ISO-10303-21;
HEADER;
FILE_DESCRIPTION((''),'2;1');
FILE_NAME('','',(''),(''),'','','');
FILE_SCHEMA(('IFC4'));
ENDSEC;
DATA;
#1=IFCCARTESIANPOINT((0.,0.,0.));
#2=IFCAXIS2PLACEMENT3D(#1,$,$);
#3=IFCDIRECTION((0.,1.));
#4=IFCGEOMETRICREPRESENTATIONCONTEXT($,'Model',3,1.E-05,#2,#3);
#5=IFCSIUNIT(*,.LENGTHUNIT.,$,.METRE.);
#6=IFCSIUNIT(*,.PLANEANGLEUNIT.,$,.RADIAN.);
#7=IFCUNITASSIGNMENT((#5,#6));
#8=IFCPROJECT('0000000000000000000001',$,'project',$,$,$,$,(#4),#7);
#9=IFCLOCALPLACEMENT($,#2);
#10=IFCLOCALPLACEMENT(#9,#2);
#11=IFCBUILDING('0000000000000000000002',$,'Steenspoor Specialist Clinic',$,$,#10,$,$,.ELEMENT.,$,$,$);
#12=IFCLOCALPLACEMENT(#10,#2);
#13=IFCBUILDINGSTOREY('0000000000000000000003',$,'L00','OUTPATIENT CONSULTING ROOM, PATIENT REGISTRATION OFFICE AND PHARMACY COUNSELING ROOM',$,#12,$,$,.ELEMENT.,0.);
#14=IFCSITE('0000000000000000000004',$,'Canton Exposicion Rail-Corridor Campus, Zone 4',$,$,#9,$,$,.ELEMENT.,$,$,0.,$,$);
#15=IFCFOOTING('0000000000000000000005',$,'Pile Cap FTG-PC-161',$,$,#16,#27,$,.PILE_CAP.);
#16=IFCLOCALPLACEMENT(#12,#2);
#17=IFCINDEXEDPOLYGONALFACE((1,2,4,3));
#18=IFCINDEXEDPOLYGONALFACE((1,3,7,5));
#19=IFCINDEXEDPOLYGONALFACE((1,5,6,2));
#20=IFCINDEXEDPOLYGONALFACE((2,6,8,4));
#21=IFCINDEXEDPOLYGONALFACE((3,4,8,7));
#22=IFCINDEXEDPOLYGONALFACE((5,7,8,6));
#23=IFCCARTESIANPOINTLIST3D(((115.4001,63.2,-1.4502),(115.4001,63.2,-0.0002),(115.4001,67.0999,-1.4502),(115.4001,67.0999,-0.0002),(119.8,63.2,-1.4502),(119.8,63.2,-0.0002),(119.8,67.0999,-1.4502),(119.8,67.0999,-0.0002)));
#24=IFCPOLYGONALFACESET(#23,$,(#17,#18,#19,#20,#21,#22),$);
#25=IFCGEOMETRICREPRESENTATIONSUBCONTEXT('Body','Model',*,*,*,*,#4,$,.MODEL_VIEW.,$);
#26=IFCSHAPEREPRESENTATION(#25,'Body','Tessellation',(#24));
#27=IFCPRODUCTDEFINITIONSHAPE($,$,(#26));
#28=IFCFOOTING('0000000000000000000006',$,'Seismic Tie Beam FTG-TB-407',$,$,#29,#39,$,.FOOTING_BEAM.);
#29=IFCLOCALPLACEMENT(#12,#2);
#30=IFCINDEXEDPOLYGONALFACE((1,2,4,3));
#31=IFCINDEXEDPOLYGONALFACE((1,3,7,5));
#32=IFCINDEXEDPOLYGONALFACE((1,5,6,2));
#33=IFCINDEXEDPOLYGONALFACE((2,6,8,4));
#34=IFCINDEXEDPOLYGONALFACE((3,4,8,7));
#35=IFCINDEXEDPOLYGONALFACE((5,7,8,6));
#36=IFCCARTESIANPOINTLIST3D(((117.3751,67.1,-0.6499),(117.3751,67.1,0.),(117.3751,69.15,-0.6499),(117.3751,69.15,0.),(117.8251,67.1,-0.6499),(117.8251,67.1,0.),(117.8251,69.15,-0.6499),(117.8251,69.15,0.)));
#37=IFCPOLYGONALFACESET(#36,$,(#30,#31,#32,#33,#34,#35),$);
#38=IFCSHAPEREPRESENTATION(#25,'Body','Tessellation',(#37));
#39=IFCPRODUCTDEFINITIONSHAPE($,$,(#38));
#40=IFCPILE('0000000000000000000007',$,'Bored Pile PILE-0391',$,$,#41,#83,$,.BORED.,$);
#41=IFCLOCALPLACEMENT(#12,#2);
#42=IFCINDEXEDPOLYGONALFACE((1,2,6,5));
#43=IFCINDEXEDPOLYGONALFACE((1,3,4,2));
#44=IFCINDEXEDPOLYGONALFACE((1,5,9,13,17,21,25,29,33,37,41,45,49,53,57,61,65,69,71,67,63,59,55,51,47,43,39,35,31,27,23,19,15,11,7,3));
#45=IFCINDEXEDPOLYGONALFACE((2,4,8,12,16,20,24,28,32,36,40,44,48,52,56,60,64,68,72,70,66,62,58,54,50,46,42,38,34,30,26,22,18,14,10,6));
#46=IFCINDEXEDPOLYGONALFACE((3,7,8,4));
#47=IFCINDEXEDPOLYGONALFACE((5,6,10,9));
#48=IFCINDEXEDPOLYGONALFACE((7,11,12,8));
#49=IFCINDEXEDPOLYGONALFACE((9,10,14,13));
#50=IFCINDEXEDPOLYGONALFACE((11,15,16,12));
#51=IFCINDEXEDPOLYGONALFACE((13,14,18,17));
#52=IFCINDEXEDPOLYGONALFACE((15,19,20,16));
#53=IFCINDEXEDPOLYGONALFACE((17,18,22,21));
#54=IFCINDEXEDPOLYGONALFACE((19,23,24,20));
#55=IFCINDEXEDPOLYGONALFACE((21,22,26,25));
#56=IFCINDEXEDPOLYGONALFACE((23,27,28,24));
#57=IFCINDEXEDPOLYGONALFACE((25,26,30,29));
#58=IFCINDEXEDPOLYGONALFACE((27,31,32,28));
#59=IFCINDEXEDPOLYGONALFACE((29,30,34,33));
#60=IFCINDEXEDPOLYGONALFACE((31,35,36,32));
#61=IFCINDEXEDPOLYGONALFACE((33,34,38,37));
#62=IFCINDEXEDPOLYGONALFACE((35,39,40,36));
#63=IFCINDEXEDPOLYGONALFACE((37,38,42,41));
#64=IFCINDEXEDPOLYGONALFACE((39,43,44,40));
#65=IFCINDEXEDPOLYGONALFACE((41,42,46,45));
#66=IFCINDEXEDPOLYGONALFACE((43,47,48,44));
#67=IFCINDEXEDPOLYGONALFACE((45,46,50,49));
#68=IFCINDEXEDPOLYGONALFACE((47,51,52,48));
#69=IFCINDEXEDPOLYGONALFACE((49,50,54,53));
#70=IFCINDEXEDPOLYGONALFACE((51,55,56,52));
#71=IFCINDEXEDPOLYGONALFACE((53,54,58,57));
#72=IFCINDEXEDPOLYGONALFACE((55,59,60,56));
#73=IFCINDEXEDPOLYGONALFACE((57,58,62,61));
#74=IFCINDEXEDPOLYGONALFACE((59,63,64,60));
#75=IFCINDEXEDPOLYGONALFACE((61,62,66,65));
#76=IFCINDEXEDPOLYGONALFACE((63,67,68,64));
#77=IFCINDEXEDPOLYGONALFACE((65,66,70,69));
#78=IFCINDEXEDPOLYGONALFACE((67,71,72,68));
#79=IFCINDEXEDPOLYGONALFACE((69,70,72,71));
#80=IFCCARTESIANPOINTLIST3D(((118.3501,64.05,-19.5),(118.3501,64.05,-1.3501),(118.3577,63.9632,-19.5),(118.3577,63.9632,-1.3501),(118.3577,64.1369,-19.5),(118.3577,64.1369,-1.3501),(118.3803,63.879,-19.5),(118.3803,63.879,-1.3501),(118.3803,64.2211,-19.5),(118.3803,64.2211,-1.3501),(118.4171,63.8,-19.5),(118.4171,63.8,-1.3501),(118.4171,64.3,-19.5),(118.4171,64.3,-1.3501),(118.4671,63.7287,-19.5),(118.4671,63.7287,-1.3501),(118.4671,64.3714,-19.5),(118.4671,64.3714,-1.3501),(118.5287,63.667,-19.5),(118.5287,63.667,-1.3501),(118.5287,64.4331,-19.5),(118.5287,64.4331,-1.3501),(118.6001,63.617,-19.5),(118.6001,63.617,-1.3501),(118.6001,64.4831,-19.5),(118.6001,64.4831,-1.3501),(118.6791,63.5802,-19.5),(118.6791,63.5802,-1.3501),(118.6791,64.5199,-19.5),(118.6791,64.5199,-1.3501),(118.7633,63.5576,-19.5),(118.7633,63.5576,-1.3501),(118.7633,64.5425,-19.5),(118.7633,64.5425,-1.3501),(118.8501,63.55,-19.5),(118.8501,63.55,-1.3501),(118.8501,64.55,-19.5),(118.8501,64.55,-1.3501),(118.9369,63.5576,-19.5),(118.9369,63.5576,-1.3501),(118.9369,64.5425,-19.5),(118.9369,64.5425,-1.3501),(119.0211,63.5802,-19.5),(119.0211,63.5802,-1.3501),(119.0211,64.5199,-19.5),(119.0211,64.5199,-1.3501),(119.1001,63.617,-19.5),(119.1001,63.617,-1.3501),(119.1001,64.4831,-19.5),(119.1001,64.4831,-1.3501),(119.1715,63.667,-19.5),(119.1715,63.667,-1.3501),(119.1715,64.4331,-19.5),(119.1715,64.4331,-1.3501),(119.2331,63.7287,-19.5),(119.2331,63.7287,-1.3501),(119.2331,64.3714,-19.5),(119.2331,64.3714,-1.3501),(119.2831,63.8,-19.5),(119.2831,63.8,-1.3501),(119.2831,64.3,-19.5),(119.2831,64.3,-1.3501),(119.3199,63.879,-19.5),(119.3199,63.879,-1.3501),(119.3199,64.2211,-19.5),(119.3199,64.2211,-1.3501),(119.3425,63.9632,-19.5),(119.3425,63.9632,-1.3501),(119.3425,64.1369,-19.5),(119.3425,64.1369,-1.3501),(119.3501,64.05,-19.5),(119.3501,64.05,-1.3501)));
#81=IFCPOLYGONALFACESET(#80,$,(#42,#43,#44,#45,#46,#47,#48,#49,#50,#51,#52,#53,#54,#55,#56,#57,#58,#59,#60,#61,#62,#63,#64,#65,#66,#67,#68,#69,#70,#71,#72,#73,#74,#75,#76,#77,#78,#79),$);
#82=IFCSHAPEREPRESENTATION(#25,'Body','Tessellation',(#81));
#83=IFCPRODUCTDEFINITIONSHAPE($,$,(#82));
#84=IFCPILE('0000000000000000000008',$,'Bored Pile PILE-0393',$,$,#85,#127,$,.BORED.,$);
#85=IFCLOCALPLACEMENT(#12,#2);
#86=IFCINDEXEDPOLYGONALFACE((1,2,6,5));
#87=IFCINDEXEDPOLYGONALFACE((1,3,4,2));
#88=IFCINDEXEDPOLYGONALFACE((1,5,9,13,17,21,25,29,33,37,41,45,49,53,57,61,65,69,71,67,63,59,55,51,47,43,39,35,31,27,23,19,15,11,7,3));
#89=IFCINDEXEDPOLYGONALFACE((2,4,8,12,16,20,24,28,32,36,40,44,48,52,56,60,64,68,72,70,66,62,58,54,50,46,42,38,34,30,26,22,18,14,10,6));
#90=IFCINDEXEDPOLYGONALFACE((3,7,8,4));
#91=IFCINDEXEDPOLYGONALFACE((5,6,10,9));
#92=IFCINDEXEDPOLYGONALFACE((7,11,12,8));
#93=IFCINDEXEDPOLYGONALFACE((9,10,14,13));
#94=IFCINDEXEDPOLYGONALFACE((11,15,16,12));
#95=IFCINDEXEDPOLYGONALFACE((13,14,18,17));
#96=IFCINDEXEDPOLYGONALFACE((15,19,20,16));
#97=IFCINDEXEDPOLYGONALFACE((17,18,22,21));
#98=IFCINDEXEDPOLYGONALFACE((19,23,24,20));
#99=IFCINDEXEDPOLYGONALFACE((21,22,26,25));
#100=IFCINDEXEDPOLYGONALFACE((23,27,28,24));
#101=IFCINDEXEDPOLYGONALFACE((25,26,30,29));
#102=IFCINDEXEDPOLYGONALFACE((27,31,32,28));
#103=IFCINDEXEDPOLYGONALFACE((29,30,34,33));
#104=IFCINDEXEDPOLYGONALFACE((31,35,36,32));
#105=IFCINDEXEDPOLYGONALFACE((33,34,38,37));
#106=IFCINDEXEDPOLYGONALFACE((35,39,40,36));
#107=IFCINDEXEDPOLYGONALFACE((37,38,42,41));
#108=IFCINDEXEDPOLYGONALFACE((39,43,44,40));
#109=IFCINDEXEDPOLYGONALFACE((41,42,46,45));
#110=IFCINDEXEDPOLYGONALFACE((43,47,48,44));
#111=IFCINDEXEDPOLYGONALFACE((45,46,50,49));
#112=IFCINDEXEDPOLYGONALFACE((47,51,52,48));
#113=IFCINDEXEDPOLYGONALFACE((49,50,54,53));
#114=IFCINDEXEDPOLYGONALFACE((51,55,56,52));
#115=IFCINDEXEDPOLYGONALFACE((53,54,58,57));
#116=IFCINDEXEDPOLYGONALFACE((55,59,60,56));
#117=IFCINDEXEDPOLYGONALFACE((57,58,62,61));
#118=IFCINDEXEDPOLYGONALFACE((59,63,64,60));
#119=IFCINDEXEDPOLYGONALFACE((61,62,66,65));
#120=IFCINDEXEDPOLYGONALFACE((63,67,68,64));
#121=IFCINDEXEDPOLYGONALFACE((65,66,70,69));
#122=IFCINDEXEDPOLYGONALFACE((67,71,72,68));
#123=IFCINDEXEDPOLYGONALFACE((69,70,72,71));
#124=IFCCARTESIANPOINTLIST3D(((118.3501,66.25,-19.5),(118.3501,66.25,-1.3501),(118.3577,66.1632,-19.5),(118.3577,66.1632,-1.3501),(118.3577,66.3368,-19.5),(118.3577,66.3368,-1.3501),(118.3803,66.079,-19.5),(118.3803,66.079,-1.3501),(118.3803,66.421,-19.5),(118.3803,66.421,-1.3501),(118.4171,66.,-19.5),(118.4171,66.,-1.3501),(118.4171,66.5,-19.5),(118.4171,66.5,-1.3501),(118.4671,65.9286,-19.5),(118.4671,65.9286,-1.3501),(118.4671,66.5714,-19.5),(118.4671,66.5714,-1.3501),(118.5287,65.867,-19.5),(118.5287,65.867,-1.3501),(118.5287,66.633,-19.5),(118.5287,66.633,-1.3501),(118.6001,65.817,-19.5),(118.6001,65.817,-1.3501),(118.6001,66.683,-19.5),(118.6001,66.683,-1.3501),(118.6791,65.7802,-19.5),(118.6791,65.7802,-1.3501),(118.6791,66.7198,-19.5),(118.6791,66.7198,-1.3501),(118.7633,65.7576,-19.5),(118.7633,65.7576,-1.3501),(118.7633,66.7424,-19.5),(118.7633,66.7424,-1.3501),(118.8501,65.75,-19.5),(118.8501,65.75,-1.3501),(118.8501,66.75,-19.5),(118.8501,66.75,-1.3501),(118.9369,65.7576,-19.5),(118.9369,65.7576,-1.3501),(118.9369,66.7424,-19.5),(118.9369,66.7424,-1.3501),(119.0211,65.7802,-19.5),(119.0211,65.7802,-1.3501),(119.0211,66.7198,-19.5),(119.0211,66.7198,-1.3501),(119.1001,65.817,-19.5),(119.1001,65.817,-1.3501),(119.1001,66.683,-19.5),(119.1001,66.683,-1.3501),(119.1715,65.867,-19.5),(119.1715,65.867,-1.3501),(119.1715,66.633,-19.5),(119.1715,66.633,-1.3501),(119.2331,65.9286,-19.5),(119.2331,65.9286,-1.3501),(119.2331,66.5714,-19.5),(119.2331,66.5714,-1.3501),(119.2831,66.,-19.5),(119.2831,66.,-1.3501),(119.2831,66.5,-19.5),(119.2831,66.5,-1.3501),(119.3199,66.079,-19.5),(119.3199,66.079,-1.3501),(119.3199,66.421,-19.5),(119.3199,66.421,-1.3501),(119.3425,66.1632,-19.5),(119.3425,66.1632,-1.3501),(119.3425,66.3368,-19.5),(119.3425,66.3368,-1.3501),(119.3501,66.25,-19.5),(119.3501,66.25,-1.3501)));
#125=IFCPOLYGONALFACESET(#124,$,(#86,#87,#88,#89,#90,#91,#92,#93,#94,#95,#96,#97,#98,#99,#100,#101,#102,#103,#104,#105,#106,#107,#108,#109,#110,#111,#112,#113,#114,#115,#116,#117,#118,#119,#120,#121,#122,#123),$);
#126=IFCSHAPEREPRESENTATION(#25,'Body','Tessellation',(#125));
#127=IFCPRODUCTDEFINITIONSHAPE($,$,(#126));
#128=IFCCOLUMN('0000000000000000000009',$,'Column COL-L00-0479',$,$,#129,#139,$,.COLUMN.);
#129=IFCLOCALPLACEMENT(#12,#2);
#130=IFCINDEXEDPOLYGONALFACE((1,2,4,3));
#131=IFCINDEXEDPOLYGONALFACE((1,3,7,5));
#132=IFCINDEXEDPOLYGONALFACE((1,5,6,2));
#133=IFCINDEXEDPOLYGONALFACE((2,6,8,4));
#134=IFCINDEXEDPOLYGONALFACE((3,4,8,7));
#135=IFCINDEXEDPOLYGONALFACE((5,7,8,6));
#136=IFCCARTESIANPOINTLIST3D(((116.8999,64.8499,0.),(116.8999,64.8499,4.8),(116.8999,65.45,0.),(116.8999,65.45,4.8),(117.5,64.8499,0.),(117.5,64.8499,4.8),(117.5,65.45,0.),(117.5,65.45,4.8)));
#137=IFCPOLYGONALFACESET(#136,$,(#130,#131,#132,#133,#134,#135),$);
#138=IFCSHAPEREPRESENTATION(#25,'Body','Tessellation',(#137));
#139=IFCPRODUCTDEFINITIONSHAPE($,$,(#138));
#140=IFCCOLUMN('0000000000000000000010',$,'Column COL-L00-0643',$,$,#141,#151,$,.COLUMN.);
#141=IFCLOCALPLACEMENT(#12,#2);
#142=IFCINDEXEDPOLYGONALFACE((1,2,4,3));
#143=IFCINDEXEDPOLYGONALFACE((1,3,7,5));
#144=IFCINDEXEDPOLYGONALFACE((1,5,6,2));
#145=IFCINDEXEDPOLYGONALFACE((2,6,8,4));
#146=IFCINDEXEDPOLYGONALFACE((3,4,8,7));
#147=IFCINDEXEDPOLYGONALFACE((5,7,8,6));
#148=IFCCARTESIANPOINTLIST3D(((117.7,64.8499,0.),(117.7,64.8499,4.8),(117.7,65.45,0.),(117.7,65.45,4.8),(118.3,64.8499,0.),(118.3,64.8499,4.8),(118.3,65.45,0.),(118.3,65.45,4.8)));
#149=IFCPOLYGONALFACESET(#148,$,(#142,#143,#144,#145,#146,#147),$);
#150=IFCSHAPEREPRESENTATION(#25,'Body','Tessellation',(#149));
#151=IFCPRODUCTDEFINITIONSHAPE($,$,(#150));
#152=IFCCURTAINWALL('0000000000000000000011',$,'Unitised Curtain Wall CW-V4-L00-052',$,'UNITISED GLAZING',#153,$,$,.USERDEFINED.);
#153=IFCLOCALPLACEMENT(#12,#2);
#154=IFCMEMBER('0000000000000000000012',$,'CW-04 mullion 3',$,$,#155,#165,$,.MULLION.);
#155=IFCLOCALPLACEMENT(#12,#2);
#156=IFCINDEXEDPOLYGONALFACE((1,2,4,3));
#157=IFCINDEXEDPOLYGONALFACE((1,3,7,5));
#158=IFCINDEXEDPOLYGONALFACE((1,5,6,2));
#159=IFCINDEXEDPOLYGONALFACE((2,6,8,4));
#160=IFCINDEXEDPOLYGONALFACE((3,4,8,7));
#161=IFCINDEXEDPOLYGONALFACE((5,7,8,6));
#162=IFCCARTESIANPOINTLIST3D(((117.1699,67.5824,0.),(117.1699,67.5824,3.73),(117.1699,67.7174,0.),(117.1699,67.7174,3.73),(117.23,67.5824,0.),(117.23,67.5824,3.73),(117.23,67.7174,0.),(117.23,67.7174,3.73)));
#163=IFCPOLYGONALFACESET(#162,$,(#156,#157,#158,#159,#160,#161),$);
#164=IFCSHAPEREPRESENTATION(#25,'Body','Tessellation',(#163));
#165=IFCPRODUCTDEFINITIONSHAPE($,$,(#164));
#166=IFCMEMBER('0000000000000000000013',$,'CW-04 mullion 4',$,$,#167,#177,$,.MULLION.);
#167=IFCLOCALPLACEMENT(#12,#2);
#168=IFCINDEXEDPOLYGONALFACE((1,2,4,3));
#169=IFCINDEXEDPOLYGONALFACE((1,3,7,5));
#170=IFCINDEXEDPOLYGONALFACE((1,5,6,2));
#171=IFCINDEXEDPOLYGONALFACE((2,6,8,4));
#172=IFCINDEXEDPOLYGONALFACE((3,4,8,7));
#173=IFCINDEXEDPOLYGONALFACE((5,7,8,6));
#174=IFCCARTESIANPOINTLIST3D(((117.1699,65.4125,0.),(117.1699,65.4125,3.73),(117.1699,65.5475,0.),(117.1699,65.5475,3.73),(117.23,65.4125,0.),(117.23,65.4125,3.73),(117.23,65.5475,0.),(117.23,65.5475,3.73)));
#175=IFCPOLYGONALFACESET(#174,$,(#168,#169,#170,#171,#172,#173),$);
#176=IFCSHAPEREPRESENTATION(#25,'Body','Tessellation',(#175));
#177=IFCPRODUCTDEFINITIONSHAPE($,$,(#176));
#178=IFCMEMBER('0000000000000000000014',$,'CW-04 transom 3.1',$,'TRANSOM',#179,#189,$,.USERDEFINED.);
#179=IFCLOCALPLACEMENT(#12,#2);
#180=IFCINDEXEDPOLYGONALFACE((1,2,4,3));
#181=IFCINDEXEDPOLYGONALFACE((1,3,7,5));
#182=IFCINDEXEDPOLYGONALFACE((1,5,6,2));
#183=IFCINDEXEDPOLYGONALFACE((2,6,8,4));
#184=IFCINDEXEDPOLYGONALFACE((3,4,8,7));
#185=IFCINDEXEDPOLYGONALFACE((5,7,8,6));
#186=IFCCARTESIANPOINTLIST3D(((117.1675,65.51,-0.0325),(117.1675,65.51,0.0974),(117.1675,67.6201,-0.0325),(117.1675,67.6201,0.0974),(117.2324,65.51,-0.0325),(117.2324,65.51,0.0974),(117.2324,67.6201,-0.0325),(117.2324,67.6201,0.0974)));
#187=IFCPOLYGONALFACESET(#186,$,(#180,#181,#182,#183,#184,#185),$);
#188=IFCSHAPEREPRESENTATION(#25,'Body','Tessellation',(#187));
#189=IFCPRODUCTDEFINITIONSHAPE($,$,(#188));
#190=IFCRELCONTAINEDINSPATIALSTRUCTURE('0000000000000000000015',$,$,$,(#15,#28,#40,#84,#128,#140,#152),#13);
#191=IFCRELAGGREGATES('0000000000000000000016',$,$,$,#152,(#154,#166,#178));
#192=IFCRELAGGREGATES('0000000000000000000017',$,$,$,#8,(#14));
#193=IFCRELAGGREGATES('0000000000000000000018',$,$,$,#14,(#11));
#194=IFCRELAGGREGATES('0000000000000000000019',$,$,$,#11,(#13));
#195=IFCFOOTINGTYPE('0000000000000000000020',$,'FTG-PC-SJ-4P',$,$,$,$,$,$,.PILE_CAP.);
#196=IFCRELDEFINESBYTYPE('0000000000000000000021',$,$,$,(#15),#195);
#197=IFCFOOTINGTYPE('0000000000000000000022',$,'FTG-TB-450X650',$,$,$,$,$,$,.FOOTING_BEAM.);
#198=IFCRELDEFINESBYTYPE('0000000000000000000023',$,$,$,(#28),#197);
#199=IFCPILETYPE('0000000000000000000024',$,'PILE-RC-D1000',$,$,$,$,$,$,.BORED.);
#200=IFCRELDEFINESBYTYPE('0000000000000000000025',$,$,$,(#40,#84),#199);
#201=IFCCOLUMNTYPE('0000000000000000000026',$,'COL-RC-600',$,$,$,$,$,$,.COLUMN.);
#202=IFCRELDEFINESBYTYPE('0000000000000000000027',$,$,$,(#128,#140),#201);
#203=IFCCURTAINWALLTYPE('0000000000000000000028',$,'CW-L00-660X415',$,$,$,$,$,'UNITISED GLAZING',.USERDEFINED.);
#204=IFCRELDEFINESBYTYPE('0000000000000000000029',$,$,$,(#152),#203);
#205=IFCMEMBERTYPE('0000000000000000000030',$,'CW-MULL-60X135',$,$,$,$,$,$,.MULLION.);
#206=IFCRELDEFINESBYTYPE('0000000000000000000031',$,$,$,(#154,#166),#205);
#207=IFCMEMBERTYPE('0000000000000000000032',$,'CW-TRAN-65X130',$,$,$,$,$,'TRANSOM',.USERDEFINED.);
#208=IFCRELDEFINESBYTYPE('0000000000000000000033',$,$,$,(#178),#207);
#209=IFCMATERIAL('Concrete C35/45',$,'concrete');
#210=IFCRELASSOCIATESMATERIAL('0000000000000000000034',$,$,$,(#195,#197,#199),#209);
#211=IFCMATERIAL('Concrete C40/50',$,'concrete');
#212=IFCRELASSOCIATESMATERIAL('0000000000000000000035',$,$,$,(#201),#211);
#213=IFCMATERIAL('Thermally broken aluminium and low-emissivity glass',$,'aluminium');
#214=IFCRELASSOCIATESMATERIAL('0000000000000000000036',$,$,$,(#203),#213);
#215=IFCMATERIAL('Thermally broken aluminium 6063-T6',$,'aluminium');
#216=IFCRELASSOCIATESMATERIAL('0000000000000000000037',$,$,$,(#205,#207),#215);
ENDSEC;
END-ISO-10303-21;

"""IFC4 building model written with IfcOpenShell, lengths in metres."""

from ifc_helpers import new_model, si_unit, direction, frame, origin, origin_2d, place, context, subcontext, project, spatial, rectangle, circle, extrude, material, material_profile, profile_set, type_object, element, aggregate, save


model = new_model("IFC4")

# Units and contexts
model_context = context("Model", 3, precision=1e-05, world=origin(), true_north=direction((0.0, 1.0)))
body_context = subcontext(model_context, "Body", "Model", "MODEL_VIEW")
ifc_project = project(units=[si_unit("LENGTHUNIT", "METRE"), si_unit("PLANEANGLEUNIT", "RADIAN")], contexts=[model_context])

# Site, building, storey
site_placement = place(None, origin())
site = spatial("IfcSite", under=ifc_project, at=site_placement, Name="Canton Exposicion Rail-Corridor Campus, Zone 4", CompositionType="ELEMENT", RefElevation=0.0)
building_placement = place(site_placement, origin())
building = spatial("IfcBuilding", under=site, at=building_placement, Name="Steenspoor Specialist Clinic", CompositionType="ELEMENT")
storey_placement = place(building_placement, origin())
storey = spatial("IfcBuildingStorey", under=building, at=storey_placement, Name="L00", Description="OUTPATIENT CONSULTING ROOM, PATIENT REGISTRATION OFFICE AND PHARMACY COUNSELING ROOM", CompositionType="ELEMENT", Elevation=0.0)

# Footings
ifc_material_1 = material(Name="Concrete C35/45", Category="concrete")
footing_type_1 = type_object("IfcFootingType", Name="FTG-PC-SJ-4P", PredefinedType="PILE_CAP", material=ifc_material_1)
footing_1_placement = place(storey_placement, frame((117.6001, 65.1499, -1.4502), z_axis=(0.0, 0.0, 1.0), x_axis=(1.0, 0.0, 0.0)))
element("IfcFooting", 1, at=footing_1_placement, inside=storey, type_object=footing_type_1, Name="Pile Cap FTG-PC-161", PredefinedType="PILE_CAP", context=body_context, shape_type="SweptSolid", body=[
    extrude(rectangle(XDim=4.3999, YDim=3.8999, at=origin_2d()), origin(), (0.0, 0.0, 1.0), 1.45),
])
footing_type_2 = type_object("IfcFootingType", Name="FTG-TB-450X650", PredefinedType="FOOTING_BEAM", material=ifc_material_1)
footing_2_placement = place(storey_placement, frame((117.6001, 68.125, -0.6499), z_axis=(0.0, 0.0, 1.0), x_axis=(1.0, 0.0, 0.0)))
element("IfcFooting", 2, at=footing_2_placement, inside=storey, type_object=footing_type_2, Name="Seismic Tie Beam FTG-TB-407", PredefinedType="FOOTING_BEAM", context=body_context, shape_type="SweptSolid", body=[
    extrude(rectangle(XDim=0.45, YDim=2.05, at=origin_2d()), origin(), (0.0, 0.0, 1.0), 0.6499),
])

# Piles
ifc_material_profile_1 = material_profile(ifc_material_1, circle(Radius=0.5, at=origin_2d()), Name="PILE-D1000")
ifc_profile_set_1 = profile_set([ifc_material_profile_1], Name="Concrete C35/45")
pile_type = type_object("IfcPileType", Name="PILE-RC-D1000", PredefinedType="BORED", material=ifc_profile_set_1)
for number, where, z_axis, x_axis, name in (
    (3, (118.8501, 64.05, -1.3501), (0.0, 0.0, -1.0), (1.0, 0.0, 0.0), "Bored Pile PILE-0391"),
    (4, (118.8501, 66.25, -1.3501), (0.0, 0.0, -1.0), (1.0, 0.0, 0.0), "Bored Pile PILE-0393"),
):
    element("IfcPile", number, at=place(storey_placement, frame(where, z_axis=z_axis, x_axis=x_axis)), inside=storey, type_object=pile_type, Name=name, PredefinedType="BORED", context=body_context, shape_type="SweptSolid", body=[
        extrude(circle(Radius=0.5, at=origin_2d()), origin(), (0.0, 0.0, 1.0), 18.1499),
    ])

# Columns
ifc_material_2 = material(Name="Concrete C40/50", Category="concrete")
ifc_material_profile_2 = material_profile(ifc_material_2, rectangle(XDim=0.6001, YDim=0.6001, at=origin_2d()), Name="RC-COL-600X600")
ifc_profile_set_2 = profile_set([ifc_material_profile_2], Name="Concrete C40/50")
column_type = type_object("IfcColumnType", Name="COL-RC-600", PredefinedType="COLUMN", material=ifc_profile_set_2)
for number, where, z_axis, x_axis, name in (
    (5, (117.2, 65.1499, 0.0), (0.0, 0.0, 1.0), (1.0, 0.0, 0.0), "Column COL-L00-0479"),
    (6, (118.0, 65.1499, 0.0), (0.0, 0.0, 1.0), (1.0, 0.0, 0.0), "Column COL-L00-0643"),
):
    element("IfcColumn", number, at=place(storey_placement, frame(where, z_axis=z_axis, x_axis=x_axis)), inside=storey, type_object=column_type, Name=name, PredefinedType="COLUMN", context=body_context, shape_type="SweptSolid", body=[
        extrude(rectangle(XDim=0.6001, YDim=0.6001, at=origin_2d()), origin(), (0.0, 0.0, 1.0), 4.8),
    ])

# Curtain wall, members
ifc_material_3 = material(Name="Thermally broken aluminium and low-emissivity glass", Category="aluminium")
curtain_wall_type = type_object("IfcCurtainWallType", Name="CW-L00-660X415", ElementType="UNITISED GLAZING", PredefinedType="USERDEFINED", material=ifc_material_3)
curtain_wall_placement = place(storey_placement, origin())
curtain_wall = element("IfcCurtainWall", 7, at=curtain_wall_placement, inside=storey, type_object=curtain_wall_type, Name="Unitised Curtain Wall CW-V4-L00-052", ObjectType="UNITISED GLAZING", PredefinedType="USERDEFINED")
ifc_material_4 = material(Name="Thermally broken aluminium 6063-T6", Category="aluminium")
ifc_material_profile_3 = material_profile(ifc_material_4, rectangle(XDim=0.0601, YDim=0.135, at=origin_2d()), Name="CWM-60X135")
ifc_profile_set_3 = profile_set([ifc_material_profile_3], Name="Thermally broken aluminium 6063-T6")
member_type_1 = type_object("IfcMemberType", Name="CW-MULL-60X135", PredefinedType="MULLION", material=ifc_profile_set_3)
member_1_placement = place(storey_placement, frame((117.2, 67.6499, 0.0), z_axis=(0.0, 0.0, 1.0), x_axis=(1.0, 0.0, 0.0)))
member_1 = element("IfcMember", 8, at=member_1_placement, type_object=member_type_1, Name="CW-04 mullion 3", PredefinedType="MULLION", context=body_context, shape_type="SweptSolid", body=[
    extrude(rectangle(XDim=0.0601, YDim=0.135, at=origin_2d()), origin(), (0.0, 0.0, 1.0), 3.73),
])
member_2_placement = place(storey_placement, frame((117.2, 65.48, 0.0), z_axis=(0.0, 0.0, 1.0), x_axis=(1.0, 0.0, 0.0)))
member_2 = element("IfcMember", 9, at=member_2_placement, type_object=member_type_1, Name="CW-04 mullion 4", PredefinedType="MULLION", context=body_context, shape_type="SweptSolid", body=[
    extrude(rectangle(XDim=0.0601, YDim=0.135, at=origin_2d()), origin(), (0.0, 0.0, 1.0), 3.73),
])
ifc_material_profile_4 = material_profile(ifc_material_4, rectangle(XDim=0.0649, YDim=0.1299, at=origin_2d()), Name="CWT-65X130")
ifc_profile_set_4 = profile_set([ifc_material_profile_4], Name="Thermally broken aluminium 6063-T6")
member_type_2 = type_object("IfcMemberType", Name="CW-TRAN-65X130", ElementType="TRANSOM", PredefinedType="USERDEFINED", material=ifc_profile_set_4)
member_3_placement = place(storey_placement, frame((117.2, 67.6201, 0.0325), z_axis=(0.0, -1.0, 0.0), x_axis=(1.0, 0.0, 0.0)))
member_3 = element("IfcMember", 10, at=member_3_placement, type_object=member_type_2, Name="CW-04 transom 3.1", ObjectType="TRANSOM", PredefinedType="USERDEFINED", context=body_context, shape_type="SweptSolid", body=[
    extrude(rectangle(XDim=0.0649, YDim=0.1299, at=origin_2d()), origin(), (0.0, 0.0, 1.0), 2.1101),
])

aggregate(curtain_wall, [member_1, member_2, member_3])

save(model, "model.ifc")
